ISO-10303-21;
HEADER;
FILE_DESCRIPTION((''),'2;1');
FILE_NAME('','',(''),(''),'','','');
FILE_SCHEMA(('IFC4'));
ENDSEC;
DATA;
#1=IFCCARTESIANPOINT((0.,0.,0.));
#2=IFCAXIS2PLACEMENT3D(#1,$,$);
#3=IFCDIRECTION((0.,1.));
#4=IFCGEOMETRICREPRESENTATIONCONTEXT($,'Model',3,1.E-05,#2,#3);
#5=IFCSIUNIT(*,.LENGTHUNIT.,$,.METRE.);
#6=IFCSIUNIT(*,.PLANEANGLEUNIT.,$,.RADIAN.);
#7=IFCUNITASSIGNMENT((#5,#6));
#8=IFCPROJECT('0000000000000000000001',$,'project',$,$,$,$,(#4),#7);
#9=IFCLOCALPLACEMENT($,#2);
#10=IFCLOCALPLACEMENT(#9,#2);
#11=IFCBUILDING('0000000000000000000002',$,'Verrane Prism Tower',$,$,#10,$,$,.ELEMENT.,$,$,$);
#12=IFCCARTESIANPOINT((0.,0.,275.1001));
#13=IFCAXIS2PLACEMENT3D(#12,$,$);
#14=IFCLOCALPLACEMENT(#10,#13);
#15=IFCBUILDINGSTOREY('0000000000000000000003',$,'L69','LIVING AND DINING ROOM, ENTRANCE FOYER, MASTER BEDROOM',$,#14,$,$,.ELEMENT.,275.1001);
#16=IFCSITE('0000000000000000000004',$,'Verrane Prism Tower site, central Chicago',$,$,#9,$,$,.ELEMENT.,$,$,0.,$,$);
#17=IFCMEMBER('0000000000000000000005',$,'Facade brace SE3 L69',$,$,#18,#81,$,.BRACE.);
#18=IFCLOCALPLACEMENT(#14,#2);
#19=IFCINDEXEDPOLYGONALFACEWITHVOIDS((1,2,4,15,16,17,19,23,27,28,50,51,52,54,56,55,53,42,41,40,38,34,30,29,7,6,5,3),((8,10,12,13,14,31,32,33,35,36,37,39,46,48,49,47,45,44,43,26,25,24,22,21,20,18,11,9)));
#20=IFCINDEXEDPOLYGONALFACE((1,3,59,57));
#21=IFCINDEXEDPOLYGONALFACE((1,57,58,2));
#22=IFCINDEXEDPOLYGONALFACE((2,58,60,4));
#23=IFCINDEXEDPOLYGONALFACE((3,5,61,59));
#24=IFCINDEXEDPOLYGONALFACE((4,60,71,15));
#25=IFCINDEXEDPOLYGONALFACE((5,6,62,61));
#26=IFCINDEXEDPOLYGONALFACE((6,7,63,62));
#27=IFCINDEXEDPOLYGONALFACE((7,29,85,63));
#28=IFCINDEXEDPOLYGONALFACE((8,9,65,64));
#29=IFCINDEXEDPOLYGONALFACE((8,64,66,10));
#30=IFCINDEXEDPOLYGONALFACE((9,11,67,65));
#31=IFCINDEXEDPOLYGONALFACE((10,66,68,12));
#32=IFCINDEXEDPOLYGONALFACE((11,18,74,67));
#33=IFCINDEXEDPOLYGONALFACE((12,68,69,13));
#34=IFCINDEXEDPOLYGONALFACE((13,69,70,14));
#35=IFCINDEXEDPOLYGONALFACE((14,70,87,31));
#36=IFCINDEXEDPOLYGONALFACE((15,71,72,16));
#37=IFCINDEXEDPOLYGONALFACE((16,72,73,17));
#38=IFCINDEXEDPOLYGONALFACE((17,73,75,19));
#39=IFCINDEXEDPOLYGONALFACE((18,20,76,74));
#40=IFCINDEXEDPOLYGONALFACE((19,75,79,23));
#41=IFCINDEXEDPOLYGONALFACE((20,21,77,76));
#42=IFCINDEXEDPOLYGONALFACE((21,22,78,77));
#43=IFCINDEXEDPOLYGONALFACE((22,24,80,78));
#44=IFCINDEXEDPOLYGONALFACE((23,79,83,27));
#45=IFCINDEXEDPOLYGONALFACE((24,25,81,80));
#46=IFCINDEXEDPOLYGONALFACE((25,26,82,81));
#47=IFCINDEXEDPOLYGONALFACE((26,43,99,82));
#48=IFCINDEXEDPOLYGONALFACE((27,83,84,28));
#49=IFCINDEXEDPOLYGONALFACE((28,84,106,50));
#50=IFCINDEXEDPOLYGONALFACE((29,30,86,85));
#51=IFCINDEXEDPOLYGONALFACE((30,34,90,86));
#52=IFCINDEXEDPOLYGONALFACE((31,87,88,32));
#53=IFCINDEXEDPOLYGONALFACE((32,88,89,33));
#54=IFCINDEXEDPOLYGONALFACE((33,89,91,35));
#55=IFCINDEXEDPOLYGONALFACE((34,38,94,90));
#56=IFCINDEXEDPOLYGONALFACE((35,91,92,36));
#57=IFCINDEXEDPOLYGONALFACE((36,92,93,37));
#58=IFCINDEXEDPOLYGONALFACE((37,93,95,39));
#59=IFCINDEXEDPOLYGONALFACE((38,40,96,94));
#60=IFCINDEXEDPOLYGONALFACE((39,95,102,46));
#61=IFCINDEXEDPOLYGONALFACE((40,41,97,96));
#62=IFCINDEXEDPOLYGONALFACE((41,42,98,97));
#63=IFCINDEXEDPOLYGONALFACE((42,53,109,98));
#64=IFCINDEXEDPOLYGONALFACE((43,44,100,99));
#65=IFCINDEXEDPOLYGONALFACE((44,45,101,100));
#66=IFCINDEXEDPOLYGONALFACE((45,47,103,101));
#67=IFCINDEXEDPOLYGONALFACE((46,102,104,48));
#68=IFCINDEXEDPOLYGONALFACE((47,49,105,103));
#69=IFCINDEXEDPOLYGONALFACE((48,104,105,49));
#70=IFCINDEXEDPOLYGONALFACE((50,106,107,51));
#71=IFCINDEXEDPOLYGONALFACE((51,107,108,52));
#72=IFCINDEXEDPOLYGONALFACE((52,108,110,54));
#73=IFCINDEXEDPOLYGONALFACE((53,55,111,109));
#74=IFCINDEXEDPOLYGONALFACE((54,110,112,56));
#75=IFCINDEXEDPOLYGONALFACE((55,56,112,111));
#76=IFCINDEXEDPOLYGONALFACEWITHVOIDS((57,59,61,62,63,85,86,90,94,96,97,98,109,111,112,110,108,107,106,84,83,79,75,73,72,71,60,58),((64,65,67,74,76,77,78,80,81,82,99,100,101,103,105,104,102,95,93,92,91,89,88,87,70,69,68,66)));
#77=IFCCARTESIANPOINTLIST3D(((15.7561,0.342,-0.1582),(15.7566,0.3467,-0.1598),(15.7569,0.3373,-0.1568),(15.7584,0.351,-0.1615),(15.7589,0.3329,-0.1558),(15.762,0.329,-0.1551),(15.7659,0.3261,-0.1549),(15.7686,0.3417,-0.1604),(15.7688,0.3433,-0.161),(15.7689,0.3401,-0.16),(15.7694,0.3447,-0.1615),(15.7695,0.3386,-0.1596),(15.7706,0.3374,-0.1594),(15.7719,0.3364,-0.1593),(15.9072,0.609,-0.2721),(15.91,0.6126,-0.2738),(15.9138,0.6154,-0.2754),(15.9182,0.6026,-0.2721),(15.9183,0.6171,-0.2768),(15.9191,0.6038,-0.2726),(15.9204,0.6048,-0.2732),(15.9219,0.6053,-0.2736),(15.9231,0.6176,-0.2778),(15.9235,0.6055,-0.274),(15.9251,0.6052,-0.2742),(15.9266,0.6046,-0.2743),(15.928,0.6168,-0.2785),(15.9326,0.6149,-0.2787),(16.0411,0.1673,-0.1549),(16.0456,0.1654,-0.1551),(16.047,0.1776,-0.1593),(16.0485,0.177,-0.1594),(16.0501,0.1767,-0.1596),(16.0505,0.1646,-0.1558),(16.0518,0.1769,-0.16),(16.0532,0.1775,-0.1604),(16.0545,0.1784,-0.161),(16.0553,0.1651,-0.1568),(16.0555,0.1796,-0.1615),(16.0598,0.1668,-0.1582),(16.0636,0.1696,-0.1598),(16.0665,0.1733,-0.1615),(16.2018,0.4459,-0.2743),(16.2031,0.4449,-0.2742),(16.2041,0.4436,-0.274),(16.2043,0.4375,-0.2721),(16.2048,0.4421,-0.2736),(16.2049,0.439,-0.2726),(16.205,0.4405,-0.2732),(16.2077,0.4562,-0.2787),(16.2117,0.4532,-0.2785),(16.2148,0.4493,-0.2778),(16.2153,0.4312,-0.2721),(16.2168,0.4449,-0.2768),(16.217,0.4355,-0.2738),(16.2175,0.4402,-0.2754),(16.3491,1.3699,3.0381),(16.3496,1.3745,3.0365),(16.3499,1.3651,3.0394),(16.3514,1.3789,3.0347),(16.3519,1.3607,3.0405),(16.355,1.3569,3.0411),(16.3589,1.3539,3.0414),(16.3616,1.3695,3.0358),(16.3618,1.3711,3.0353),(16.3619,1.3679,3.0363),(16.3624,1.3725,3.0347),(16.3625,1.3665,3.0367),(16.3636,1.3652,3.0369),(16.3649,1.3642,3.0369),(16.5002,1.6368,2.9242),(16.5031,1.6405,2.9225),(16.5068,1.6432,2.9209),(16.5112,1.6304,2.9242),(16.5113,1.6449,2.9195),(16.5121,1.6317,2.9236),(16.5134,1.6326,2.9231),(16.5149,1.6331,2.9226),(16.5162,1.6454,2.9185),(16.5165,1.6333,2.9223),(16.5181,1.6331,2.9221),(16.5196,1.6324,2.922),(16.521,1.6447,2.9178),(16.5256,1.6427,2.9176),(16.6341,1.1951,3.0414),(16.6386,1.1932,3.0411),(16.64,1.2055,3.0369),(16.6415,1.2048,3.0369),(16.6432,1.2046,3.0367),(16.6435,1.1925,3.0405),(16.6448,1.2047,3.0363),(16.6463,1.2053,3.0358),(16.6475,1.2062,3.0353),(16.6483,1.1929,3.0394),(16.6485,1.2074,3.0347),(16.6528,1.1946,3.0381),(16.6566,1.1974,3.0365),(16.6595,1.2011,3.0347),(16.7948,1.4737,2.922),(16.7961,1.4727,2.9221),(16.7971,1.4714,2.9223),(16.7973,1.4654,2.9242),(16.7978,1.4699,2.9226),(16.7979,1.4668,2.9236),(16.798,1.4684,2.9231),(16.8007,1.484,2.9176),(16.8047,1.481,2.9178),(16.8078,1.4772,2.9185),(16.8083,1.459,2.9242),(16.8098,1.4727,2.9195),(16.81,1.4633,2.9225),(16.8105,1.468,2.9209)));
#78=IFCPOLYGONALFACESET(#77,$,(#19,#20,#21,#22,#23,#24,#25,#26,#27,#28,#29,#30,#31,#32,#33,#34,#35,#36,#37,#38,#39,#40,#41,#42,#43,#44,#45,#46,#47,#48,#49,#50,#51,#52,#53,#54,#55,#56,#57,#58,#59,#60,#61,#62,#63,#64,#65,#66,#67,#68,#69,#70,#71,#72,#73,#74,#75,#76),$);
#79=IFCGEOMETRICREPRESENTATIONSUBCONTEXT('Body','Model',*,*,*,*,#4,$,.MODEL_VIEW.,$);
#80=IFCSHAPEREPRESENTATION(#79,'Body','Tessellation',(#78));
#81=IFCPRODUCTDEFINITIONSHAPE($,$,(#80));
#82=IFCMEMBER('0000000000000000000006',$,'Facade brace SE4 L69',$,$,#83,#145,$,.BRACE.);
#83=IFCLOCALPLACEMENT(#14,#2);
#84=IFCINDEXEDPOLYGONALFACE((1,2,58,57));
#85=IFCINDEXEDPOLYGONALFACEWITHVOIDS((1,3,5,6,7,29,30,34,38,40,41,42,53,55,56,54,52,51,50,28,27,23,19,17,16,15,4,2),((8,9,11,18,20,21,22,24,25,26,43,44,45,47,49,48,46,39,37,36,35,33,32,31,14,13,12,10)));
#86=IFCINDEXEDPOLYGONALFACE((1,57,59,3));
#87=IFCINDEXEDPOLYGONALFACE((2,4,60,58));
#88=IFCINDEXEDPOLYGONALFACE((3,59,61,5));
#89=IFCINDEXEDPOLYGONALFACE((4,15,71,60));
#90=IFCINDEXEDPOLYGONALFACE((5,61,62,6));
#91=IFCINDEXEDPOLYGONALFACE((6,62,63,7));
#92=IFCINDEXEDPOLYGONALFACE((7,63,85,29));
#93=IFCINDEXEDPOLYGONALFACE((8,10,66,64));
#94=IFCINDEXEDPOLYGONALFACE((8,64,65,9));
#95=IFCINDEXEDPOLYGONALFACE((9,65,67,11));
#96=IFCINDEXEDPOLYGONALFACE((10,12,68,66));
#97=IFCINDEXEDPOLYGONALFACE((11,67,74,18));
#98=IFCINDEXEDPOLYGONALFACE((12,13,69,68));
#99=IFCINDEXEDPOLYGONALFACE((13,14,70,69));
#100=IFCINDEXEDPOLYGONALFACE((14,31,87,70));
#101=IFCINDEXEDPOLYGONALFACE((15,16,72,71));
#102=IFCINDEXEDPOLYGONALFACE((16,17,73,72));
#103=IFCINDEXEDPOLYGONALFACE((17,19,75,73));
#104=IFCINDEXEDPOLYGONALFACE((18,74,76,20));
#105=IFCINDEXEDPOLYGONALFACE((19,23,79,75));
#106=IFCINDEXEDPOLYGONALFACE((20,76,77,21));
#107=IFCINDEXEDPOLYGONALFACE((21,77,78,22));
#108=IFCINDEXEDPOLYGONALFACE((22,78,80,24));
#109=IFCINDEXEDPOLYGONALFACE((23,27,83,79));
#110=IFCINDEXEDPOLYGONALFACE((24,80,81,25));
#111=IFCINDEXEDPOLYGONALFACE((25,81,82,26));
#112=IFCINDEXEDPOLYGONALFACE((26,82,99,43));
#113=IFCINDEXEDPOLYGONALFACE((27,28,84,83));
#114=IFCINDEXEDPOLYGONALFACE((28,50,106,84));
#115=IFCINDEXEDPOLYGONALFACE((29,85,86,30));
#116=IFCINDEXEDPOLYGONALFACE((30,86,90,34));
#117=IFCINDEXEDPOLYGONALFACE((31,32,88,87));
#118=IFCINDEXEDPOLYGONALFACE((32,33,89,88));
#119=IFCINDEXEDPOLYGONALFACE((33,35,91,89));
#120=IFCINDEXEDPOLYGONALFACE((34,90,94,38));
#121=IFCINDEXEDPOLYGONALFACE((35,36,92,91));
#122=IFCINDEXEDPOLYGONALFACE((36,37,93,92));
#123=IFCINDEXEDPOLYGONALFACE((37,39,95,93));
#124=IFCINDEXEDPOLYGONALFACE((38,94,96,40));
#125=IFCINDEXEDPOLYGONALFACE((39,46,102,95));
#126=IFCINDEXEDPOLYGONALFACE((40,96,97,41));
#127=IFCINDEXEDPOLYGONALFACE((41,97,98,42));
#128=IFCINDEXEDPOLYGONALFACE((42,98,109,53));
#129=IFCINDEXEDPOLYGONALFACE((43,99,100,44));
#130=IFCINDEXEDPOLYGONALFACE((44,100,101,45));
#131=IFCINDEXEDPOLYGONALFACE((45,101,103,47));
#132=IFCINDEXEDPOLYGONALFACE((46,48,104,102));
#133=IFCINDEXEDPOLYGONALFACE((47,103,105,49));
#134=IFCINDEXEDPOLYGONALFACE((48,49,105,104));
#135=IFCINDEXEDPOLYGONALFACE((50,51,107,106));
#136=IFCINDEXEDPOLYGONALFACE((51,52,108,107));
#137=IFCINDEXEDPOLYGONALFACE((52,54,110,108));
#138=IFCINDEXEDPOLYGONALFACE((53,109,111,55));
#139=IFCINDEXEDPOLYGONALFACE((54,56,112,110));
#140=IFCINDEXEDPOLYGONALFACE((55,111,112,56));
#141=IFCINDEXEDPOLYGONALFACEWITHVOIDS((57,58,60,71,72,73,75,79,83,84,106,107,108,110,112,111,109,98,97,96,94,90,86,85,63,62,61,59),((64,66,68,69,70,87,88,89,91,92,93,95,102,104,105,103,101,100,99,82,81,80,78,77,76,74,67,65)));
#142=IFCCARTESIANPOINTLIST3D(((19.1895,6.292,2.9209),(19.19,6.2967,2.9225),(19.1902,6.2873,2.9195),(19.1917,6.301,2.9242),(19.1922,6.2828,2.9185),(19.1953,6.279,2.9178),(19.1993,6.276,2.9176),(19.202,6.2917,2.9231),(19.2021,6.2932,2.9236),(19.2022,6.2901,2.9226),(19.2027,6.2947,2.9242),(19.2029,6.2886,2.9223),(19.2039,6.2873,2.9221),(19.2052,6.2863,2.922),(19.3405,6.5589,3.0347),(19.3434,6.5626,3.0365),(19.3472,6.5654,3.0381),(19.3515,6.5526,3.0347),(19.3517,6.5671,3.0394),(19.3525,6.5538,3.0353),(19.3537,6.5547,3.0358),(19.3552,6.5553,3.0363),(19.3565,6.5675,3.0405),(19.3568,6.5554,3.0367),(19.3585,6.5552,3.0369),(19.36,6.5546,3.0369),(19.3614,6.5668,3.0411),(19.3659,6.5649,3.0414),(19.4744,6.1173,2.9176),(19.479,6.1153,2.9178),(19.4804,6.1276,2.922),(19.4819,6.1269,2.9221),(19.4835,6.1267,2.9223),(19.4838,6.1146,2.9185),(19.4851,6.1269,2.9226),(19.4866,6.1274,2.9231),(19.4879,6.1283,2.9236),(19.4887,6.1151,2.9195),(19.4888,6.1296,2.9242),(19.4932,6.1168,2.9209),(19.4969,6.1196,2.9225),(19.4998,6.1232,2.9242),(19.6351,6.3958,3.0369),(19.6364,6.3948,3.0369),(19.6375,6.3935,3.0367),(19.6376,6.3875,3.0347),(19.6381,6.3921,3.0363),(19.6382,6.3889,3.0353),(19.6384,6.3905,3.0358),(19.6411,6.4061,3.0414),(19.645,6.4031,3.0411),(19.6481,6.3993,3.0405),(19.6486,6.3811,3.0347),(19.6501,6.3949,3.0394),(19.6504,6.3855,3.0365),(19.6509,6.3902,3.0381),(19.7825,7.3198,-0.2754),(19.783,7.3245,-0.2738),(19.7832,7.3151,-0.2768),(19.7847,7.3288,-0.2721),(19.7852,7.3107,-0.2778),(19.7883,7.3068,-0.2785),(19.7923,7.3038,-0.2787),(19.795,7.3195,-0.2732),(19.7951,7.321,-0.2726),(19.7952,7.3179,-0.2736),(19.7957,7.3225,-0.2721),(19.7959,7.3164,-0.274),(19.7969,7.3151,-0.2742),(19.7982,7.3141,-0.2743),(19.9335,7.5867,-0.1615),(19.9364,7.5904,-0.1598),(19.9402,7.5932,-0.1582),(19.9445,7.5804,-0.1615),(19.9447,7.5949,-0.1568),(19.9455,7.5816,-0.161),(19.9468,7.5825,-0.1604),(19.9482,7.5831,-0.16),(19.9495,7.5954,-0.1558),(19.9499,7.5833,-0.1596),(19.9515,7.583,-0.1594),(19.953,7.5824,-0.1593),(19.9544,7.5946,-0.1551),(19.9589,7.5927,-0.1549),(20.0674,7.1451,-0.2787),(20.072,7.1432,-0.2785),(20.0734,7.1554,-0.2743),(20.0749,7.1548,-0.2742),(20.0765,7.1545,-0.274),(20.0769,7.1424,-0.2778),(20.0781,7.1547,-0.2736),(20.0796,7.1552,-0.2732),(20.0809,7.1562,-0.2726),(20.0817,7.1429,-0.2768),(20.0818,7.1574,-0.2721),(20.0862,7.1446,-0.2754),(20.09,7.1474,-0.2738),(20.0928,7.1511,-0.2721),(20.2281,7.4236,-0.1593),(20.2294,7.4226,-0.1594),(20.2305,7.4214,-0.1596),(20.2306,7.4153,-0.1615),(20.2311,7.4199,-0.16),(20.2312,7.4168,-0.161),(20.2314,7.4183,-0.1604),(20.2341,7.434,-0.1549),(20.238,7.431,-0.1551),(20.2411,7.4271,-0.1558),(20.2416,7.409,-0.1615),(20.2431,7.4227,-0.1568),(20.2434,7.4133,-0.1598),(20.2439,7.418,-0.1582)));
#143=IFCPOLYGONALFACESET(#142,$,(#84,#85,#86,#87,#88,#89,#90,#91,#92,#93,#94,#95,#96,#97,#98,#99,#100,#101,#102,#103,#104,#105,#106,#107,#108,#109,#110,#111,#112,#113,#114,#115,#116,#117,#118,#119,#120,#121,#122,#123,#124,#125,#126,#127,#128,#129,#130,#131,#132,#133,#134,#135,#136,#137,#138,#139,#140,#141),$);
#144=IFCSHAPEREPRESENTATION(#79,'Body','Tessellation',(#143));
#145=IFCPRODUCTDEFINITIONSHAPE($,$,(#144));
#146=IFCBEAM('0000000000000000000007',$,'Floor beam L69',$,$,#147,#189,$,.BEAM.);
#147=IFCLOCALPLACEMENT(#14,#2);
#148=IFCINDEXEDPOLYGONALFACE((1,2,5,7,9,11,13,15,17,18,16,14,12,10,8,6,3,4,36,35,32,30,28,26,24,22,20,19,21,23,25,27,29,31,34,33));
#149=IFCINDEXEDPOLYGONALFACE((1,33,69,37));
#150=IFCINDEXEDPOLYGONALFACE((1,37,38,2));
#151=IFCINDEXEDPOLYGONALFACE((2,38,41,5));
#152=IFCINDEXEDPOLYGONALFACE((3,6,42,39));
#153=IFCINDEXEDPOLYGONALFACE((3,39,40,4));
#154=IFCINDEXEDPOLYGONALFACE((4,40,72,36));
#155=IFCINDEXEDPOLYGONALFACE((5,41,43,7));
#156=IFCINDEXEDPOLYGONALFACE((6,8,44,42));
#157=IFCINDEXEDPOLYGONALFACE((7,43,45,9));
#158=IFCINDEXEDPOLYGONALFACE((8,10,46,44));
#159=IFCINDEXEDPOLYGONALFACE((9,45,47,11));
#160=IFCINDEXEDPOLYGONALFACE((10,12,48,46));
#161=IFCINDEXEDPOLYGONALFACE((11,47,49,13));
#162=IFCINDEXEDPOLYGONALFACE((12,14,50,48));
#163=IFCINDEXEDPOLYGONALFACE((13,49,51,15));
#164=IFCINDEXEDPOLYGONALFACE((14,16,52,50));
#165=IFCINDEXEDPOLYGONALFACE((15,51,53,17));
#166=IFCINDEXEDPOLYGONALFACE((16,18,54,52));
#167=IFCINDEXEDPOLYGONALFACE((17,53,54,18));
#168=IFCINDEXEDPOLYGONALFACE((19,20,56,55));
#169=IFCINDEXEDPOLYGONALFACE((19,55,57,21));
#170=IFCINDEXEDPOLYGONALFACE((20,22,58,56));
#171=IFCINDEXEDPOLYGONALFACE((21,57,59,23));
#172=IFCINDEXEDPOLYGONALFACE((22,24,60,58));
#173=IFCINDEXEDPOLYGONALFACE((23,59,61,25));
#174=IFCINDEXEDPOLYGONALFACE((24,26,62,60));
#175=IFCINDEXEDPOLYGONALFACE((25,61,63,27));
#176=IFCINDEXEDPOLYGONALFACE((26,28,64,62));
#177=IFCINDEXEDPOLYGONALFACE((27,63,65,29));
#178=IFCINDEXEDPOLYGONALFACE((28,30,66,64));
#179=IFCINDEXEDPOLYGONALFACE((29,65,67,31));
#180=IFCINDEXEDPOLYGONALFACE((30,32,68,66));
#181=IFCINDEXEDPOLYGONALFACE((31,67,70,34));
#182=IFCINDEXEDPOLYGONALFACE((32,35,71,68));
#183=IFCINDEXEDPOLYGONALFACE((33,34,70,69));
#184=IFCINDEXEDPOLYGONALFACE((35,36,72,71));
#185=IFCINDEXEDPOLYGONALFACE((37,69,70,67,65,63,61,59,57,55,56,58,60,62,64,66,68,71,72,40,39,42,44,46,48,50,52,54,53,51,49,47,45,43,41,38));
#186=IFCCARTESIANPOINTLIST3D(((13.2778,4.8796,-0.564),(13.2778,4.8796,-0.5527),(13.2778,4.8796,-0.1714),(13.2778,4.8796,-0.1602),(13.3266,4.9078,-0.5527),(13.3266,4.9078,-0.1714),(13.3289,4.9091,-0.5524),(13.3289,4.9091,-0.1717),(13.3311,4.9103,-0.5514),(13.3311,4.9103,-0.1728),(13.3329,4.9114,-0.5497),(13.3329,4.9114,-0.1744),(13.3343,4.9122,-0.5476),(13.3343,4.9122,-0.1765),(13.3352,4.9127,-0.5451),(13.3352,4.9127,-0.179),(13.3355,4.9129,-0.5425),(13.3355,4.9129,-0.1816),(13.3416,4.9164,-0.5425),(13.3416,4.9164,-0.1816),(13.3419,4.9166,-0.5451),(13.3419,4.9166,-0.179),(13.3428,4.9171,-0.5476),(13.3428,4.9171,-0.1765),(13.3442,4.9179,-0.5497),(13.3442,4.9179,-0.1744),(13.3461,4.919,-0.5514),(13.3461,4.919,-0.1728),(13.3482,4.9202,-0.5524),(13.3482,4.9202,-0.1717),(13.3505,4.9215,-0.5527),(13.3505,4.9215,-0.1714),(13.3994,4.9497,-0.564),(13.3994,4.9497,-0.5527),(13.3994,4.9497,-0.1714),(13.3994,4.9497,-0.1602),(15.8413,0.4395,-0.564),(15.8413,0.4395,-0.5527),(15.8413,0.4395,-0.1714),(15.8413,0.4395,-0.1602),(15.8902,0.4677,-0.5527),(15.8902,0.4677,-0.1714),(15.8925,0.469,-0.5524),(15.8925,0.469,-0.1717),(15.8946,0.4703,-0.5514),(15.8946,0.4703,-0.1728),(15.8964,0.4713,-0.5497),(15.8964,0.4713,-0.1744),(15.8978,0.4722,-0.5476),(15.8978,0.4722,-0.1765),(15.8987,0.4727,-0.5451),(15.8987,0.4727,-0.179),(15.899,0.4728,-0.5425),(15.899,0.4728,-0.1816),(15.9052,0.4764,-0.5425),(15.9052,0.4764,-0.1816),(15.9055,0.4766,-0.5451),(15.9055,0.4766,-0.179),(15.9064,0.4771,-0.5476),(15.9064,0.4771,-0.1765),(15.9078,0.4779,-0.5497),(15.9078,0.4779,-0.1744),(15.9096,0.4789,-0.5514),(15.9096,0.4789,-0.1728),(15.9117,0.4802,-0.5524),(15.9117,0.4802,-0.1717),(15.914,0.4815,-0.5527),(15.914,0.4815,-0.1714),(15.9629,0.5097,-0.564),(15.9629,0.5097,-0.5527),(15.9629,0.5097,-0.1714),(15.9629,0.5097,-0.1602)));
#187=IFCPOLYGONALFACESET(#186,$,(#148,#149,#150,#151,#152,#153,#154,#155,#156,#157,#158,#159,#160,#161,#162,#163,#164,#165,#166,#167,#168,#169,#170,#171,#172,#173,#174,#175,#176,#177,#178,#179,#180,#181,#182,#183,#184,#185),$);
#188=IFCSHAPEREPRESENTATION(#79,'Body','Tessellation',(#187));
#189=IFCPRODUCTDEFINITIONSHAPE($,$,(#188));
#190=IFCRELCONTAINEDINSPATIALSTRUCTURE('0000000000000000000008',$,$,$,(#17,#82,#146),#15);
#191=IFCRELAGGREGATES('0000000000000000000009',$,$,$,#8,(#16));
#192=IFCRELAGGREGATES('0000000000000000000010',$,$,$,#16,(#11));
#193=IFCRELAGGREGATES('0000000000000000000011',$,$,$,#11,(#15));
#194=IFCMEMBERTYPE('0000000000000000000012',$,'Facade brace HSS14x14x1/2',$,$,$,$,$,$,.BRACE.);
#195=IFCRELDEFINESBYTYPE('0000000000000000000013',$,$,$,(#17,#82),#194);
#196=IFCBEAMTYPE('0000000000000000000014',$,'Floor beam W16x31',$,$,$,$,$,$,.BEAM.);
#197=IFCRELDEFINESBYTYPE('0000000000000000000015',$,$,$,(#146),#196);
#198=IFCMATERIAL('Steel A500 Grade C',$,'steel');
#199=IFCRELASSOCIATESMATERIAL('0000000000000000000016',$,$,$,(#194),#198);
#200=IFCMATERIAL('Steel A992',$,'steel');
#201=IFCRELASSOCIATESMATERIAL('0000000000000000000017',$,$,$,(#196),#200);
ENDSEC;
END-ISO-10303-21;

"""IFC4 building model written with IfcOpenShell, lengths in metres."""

from ifc_helpers import new_model, si_unit, direction, frame, origin, origin_2d, place, context, subcontext, project, spatial, hollow_rectangle, i_section, extrude, material, material_profile, profile_set, type_object, element, save


model = new_model("IFC4")

# Units and contexts
model_context = context("Model", 3, precision=1e-05, world=origin(), true_north=direction((0.0, 1.0)))
body_context = subcontext(model_context, "Body", "Model", "MODEL_VIEW")
ifc_project = project(units=[si_unit("LENGTHUNIT", "METRE"), si_unit("PLANEANGLEUNIT", "RADIAN")], contexts=[model_context])

# Site, building, storey
site_placement = place(None, origin())
site = spatial("IfcSite", under=ifc_project, at=site_placement, Name="Verrane Prism Tower site, central Chicago", CompositionType="ELEMENT", RefElevation=0.0)
building_placement = place(site_placement, origin())
building = spatial("IfcBuilding", under=site, at=building_placement, Name="Verrane Prism Tower", CompositionType="ELEMENT")
storey_placement = place(building_placement, frame((0.0, 0.0, 275.1001)))
storey = spatial("IfcBuildingStorey", under=building, at=storey_placement, Name="L69", Description="LIVING AND DINING ROOM, ENTRANCE FOYER, MASTER BEDROOM", CompositionType="ELEMENT", Elevation=275.1001)

# Members
ifc_material_1 = material(Name="Steel A500 Grade C", Category="steel")
ifc_material_profile_1 = material_profile(ifc_material_1, hollow_rectangle(XDim=0.3557, YDim=0.3557, WallThickness=0.0127, InnerFilletRadius=0.0063, OuterFilletRadius=0.019, at=origin_2d()), Name="HSS14x14x1/2")
ifc_profile_set_1 = profile_set([ifc_material_profile_1], Name="Steel A500 Grade C")
member_type_1 = type_object("IfcMemberType", Name="Facade brace HSS14x14x1/2", PredefinedType="BRACE", material=ifc_profile_set_1)
for number, where, z_axis, x_axis, name in (
    (1, (15.9868, 0.3911, -0.2168), (0.173933, 0.301465, 0.937478), (-0.866172, 0.499746, 0.0), "Facade brace SE3 L69"),
    (2, (20.0132, 7.3689, -0.2168), (-0.173933, -0.301465, 0.937478), (0.866172, -0.499746, 0.0), "Facade brace SE4 L69"),
):
    element("IfcMember", number, at=place(storey_placement, frame(where, z_axis=z_axis, x_axis=x_axis)), inside=storey, type_object=member_type_1, Name=name, PredefinedType="BRACE", context=body_context, shape_type="SweptSolid", body=[
        extrude(hollow_rectangle(XDim=0.3557, YDim=0.3557, WallThickness=0.0127, InnerFilletRadius=0.0063, OuterFilletRadius=0.019, at=origin_2d()), origin(), (0.0, 0.0, 1.0), 3.4094),
    ])

# Beam
ifc_material_2 = material(Name="Steel A992", Category="steel")
ifc_material_profile_2 = material_profile(ifc_material_2, i_section(OverallWidth=0.1404, OverallDepth=0.4038, WebThickness=0.0071, FlangeThickness=0.0112, FilletRadius=0.0103, at=origin_2d()), Name="W16x31")
ifc_profile_set_2 = profile_set([ifc_material_profile_2], Name="Steel A992")
beam_type_1 = type_object("IfcBeamType", Name="Floor beam W16x31", PredefinedType="BEAM", material=ifc_profile_set_2)
beam_1_placement = place(storey_placement, frame((15.9021, 0.4746, -0.3621), z_axis=(-0.500011, 0.866019, 0.0), x_axis=(-0.866019, -0.500011, 0.0)))
element("IfcBeam", 3, at=beam_1_placement, inside=storey, type_object=beam_type_1, Name="Floor beam L69", PredefinedType="BEAM", context=body_context, shape_type="SweptSolid", body=[
    extrude(i_section(OverallWidth=0.1404, OverallDepth=0.4038, WebThickness=0.0071, FlangeThickness=0.0112, FilletRadius=0.0103, at=origin_2d()), origin(), (0.0, 0.0, 1.0), 5.127),
])

save(model, "model.ifc")
